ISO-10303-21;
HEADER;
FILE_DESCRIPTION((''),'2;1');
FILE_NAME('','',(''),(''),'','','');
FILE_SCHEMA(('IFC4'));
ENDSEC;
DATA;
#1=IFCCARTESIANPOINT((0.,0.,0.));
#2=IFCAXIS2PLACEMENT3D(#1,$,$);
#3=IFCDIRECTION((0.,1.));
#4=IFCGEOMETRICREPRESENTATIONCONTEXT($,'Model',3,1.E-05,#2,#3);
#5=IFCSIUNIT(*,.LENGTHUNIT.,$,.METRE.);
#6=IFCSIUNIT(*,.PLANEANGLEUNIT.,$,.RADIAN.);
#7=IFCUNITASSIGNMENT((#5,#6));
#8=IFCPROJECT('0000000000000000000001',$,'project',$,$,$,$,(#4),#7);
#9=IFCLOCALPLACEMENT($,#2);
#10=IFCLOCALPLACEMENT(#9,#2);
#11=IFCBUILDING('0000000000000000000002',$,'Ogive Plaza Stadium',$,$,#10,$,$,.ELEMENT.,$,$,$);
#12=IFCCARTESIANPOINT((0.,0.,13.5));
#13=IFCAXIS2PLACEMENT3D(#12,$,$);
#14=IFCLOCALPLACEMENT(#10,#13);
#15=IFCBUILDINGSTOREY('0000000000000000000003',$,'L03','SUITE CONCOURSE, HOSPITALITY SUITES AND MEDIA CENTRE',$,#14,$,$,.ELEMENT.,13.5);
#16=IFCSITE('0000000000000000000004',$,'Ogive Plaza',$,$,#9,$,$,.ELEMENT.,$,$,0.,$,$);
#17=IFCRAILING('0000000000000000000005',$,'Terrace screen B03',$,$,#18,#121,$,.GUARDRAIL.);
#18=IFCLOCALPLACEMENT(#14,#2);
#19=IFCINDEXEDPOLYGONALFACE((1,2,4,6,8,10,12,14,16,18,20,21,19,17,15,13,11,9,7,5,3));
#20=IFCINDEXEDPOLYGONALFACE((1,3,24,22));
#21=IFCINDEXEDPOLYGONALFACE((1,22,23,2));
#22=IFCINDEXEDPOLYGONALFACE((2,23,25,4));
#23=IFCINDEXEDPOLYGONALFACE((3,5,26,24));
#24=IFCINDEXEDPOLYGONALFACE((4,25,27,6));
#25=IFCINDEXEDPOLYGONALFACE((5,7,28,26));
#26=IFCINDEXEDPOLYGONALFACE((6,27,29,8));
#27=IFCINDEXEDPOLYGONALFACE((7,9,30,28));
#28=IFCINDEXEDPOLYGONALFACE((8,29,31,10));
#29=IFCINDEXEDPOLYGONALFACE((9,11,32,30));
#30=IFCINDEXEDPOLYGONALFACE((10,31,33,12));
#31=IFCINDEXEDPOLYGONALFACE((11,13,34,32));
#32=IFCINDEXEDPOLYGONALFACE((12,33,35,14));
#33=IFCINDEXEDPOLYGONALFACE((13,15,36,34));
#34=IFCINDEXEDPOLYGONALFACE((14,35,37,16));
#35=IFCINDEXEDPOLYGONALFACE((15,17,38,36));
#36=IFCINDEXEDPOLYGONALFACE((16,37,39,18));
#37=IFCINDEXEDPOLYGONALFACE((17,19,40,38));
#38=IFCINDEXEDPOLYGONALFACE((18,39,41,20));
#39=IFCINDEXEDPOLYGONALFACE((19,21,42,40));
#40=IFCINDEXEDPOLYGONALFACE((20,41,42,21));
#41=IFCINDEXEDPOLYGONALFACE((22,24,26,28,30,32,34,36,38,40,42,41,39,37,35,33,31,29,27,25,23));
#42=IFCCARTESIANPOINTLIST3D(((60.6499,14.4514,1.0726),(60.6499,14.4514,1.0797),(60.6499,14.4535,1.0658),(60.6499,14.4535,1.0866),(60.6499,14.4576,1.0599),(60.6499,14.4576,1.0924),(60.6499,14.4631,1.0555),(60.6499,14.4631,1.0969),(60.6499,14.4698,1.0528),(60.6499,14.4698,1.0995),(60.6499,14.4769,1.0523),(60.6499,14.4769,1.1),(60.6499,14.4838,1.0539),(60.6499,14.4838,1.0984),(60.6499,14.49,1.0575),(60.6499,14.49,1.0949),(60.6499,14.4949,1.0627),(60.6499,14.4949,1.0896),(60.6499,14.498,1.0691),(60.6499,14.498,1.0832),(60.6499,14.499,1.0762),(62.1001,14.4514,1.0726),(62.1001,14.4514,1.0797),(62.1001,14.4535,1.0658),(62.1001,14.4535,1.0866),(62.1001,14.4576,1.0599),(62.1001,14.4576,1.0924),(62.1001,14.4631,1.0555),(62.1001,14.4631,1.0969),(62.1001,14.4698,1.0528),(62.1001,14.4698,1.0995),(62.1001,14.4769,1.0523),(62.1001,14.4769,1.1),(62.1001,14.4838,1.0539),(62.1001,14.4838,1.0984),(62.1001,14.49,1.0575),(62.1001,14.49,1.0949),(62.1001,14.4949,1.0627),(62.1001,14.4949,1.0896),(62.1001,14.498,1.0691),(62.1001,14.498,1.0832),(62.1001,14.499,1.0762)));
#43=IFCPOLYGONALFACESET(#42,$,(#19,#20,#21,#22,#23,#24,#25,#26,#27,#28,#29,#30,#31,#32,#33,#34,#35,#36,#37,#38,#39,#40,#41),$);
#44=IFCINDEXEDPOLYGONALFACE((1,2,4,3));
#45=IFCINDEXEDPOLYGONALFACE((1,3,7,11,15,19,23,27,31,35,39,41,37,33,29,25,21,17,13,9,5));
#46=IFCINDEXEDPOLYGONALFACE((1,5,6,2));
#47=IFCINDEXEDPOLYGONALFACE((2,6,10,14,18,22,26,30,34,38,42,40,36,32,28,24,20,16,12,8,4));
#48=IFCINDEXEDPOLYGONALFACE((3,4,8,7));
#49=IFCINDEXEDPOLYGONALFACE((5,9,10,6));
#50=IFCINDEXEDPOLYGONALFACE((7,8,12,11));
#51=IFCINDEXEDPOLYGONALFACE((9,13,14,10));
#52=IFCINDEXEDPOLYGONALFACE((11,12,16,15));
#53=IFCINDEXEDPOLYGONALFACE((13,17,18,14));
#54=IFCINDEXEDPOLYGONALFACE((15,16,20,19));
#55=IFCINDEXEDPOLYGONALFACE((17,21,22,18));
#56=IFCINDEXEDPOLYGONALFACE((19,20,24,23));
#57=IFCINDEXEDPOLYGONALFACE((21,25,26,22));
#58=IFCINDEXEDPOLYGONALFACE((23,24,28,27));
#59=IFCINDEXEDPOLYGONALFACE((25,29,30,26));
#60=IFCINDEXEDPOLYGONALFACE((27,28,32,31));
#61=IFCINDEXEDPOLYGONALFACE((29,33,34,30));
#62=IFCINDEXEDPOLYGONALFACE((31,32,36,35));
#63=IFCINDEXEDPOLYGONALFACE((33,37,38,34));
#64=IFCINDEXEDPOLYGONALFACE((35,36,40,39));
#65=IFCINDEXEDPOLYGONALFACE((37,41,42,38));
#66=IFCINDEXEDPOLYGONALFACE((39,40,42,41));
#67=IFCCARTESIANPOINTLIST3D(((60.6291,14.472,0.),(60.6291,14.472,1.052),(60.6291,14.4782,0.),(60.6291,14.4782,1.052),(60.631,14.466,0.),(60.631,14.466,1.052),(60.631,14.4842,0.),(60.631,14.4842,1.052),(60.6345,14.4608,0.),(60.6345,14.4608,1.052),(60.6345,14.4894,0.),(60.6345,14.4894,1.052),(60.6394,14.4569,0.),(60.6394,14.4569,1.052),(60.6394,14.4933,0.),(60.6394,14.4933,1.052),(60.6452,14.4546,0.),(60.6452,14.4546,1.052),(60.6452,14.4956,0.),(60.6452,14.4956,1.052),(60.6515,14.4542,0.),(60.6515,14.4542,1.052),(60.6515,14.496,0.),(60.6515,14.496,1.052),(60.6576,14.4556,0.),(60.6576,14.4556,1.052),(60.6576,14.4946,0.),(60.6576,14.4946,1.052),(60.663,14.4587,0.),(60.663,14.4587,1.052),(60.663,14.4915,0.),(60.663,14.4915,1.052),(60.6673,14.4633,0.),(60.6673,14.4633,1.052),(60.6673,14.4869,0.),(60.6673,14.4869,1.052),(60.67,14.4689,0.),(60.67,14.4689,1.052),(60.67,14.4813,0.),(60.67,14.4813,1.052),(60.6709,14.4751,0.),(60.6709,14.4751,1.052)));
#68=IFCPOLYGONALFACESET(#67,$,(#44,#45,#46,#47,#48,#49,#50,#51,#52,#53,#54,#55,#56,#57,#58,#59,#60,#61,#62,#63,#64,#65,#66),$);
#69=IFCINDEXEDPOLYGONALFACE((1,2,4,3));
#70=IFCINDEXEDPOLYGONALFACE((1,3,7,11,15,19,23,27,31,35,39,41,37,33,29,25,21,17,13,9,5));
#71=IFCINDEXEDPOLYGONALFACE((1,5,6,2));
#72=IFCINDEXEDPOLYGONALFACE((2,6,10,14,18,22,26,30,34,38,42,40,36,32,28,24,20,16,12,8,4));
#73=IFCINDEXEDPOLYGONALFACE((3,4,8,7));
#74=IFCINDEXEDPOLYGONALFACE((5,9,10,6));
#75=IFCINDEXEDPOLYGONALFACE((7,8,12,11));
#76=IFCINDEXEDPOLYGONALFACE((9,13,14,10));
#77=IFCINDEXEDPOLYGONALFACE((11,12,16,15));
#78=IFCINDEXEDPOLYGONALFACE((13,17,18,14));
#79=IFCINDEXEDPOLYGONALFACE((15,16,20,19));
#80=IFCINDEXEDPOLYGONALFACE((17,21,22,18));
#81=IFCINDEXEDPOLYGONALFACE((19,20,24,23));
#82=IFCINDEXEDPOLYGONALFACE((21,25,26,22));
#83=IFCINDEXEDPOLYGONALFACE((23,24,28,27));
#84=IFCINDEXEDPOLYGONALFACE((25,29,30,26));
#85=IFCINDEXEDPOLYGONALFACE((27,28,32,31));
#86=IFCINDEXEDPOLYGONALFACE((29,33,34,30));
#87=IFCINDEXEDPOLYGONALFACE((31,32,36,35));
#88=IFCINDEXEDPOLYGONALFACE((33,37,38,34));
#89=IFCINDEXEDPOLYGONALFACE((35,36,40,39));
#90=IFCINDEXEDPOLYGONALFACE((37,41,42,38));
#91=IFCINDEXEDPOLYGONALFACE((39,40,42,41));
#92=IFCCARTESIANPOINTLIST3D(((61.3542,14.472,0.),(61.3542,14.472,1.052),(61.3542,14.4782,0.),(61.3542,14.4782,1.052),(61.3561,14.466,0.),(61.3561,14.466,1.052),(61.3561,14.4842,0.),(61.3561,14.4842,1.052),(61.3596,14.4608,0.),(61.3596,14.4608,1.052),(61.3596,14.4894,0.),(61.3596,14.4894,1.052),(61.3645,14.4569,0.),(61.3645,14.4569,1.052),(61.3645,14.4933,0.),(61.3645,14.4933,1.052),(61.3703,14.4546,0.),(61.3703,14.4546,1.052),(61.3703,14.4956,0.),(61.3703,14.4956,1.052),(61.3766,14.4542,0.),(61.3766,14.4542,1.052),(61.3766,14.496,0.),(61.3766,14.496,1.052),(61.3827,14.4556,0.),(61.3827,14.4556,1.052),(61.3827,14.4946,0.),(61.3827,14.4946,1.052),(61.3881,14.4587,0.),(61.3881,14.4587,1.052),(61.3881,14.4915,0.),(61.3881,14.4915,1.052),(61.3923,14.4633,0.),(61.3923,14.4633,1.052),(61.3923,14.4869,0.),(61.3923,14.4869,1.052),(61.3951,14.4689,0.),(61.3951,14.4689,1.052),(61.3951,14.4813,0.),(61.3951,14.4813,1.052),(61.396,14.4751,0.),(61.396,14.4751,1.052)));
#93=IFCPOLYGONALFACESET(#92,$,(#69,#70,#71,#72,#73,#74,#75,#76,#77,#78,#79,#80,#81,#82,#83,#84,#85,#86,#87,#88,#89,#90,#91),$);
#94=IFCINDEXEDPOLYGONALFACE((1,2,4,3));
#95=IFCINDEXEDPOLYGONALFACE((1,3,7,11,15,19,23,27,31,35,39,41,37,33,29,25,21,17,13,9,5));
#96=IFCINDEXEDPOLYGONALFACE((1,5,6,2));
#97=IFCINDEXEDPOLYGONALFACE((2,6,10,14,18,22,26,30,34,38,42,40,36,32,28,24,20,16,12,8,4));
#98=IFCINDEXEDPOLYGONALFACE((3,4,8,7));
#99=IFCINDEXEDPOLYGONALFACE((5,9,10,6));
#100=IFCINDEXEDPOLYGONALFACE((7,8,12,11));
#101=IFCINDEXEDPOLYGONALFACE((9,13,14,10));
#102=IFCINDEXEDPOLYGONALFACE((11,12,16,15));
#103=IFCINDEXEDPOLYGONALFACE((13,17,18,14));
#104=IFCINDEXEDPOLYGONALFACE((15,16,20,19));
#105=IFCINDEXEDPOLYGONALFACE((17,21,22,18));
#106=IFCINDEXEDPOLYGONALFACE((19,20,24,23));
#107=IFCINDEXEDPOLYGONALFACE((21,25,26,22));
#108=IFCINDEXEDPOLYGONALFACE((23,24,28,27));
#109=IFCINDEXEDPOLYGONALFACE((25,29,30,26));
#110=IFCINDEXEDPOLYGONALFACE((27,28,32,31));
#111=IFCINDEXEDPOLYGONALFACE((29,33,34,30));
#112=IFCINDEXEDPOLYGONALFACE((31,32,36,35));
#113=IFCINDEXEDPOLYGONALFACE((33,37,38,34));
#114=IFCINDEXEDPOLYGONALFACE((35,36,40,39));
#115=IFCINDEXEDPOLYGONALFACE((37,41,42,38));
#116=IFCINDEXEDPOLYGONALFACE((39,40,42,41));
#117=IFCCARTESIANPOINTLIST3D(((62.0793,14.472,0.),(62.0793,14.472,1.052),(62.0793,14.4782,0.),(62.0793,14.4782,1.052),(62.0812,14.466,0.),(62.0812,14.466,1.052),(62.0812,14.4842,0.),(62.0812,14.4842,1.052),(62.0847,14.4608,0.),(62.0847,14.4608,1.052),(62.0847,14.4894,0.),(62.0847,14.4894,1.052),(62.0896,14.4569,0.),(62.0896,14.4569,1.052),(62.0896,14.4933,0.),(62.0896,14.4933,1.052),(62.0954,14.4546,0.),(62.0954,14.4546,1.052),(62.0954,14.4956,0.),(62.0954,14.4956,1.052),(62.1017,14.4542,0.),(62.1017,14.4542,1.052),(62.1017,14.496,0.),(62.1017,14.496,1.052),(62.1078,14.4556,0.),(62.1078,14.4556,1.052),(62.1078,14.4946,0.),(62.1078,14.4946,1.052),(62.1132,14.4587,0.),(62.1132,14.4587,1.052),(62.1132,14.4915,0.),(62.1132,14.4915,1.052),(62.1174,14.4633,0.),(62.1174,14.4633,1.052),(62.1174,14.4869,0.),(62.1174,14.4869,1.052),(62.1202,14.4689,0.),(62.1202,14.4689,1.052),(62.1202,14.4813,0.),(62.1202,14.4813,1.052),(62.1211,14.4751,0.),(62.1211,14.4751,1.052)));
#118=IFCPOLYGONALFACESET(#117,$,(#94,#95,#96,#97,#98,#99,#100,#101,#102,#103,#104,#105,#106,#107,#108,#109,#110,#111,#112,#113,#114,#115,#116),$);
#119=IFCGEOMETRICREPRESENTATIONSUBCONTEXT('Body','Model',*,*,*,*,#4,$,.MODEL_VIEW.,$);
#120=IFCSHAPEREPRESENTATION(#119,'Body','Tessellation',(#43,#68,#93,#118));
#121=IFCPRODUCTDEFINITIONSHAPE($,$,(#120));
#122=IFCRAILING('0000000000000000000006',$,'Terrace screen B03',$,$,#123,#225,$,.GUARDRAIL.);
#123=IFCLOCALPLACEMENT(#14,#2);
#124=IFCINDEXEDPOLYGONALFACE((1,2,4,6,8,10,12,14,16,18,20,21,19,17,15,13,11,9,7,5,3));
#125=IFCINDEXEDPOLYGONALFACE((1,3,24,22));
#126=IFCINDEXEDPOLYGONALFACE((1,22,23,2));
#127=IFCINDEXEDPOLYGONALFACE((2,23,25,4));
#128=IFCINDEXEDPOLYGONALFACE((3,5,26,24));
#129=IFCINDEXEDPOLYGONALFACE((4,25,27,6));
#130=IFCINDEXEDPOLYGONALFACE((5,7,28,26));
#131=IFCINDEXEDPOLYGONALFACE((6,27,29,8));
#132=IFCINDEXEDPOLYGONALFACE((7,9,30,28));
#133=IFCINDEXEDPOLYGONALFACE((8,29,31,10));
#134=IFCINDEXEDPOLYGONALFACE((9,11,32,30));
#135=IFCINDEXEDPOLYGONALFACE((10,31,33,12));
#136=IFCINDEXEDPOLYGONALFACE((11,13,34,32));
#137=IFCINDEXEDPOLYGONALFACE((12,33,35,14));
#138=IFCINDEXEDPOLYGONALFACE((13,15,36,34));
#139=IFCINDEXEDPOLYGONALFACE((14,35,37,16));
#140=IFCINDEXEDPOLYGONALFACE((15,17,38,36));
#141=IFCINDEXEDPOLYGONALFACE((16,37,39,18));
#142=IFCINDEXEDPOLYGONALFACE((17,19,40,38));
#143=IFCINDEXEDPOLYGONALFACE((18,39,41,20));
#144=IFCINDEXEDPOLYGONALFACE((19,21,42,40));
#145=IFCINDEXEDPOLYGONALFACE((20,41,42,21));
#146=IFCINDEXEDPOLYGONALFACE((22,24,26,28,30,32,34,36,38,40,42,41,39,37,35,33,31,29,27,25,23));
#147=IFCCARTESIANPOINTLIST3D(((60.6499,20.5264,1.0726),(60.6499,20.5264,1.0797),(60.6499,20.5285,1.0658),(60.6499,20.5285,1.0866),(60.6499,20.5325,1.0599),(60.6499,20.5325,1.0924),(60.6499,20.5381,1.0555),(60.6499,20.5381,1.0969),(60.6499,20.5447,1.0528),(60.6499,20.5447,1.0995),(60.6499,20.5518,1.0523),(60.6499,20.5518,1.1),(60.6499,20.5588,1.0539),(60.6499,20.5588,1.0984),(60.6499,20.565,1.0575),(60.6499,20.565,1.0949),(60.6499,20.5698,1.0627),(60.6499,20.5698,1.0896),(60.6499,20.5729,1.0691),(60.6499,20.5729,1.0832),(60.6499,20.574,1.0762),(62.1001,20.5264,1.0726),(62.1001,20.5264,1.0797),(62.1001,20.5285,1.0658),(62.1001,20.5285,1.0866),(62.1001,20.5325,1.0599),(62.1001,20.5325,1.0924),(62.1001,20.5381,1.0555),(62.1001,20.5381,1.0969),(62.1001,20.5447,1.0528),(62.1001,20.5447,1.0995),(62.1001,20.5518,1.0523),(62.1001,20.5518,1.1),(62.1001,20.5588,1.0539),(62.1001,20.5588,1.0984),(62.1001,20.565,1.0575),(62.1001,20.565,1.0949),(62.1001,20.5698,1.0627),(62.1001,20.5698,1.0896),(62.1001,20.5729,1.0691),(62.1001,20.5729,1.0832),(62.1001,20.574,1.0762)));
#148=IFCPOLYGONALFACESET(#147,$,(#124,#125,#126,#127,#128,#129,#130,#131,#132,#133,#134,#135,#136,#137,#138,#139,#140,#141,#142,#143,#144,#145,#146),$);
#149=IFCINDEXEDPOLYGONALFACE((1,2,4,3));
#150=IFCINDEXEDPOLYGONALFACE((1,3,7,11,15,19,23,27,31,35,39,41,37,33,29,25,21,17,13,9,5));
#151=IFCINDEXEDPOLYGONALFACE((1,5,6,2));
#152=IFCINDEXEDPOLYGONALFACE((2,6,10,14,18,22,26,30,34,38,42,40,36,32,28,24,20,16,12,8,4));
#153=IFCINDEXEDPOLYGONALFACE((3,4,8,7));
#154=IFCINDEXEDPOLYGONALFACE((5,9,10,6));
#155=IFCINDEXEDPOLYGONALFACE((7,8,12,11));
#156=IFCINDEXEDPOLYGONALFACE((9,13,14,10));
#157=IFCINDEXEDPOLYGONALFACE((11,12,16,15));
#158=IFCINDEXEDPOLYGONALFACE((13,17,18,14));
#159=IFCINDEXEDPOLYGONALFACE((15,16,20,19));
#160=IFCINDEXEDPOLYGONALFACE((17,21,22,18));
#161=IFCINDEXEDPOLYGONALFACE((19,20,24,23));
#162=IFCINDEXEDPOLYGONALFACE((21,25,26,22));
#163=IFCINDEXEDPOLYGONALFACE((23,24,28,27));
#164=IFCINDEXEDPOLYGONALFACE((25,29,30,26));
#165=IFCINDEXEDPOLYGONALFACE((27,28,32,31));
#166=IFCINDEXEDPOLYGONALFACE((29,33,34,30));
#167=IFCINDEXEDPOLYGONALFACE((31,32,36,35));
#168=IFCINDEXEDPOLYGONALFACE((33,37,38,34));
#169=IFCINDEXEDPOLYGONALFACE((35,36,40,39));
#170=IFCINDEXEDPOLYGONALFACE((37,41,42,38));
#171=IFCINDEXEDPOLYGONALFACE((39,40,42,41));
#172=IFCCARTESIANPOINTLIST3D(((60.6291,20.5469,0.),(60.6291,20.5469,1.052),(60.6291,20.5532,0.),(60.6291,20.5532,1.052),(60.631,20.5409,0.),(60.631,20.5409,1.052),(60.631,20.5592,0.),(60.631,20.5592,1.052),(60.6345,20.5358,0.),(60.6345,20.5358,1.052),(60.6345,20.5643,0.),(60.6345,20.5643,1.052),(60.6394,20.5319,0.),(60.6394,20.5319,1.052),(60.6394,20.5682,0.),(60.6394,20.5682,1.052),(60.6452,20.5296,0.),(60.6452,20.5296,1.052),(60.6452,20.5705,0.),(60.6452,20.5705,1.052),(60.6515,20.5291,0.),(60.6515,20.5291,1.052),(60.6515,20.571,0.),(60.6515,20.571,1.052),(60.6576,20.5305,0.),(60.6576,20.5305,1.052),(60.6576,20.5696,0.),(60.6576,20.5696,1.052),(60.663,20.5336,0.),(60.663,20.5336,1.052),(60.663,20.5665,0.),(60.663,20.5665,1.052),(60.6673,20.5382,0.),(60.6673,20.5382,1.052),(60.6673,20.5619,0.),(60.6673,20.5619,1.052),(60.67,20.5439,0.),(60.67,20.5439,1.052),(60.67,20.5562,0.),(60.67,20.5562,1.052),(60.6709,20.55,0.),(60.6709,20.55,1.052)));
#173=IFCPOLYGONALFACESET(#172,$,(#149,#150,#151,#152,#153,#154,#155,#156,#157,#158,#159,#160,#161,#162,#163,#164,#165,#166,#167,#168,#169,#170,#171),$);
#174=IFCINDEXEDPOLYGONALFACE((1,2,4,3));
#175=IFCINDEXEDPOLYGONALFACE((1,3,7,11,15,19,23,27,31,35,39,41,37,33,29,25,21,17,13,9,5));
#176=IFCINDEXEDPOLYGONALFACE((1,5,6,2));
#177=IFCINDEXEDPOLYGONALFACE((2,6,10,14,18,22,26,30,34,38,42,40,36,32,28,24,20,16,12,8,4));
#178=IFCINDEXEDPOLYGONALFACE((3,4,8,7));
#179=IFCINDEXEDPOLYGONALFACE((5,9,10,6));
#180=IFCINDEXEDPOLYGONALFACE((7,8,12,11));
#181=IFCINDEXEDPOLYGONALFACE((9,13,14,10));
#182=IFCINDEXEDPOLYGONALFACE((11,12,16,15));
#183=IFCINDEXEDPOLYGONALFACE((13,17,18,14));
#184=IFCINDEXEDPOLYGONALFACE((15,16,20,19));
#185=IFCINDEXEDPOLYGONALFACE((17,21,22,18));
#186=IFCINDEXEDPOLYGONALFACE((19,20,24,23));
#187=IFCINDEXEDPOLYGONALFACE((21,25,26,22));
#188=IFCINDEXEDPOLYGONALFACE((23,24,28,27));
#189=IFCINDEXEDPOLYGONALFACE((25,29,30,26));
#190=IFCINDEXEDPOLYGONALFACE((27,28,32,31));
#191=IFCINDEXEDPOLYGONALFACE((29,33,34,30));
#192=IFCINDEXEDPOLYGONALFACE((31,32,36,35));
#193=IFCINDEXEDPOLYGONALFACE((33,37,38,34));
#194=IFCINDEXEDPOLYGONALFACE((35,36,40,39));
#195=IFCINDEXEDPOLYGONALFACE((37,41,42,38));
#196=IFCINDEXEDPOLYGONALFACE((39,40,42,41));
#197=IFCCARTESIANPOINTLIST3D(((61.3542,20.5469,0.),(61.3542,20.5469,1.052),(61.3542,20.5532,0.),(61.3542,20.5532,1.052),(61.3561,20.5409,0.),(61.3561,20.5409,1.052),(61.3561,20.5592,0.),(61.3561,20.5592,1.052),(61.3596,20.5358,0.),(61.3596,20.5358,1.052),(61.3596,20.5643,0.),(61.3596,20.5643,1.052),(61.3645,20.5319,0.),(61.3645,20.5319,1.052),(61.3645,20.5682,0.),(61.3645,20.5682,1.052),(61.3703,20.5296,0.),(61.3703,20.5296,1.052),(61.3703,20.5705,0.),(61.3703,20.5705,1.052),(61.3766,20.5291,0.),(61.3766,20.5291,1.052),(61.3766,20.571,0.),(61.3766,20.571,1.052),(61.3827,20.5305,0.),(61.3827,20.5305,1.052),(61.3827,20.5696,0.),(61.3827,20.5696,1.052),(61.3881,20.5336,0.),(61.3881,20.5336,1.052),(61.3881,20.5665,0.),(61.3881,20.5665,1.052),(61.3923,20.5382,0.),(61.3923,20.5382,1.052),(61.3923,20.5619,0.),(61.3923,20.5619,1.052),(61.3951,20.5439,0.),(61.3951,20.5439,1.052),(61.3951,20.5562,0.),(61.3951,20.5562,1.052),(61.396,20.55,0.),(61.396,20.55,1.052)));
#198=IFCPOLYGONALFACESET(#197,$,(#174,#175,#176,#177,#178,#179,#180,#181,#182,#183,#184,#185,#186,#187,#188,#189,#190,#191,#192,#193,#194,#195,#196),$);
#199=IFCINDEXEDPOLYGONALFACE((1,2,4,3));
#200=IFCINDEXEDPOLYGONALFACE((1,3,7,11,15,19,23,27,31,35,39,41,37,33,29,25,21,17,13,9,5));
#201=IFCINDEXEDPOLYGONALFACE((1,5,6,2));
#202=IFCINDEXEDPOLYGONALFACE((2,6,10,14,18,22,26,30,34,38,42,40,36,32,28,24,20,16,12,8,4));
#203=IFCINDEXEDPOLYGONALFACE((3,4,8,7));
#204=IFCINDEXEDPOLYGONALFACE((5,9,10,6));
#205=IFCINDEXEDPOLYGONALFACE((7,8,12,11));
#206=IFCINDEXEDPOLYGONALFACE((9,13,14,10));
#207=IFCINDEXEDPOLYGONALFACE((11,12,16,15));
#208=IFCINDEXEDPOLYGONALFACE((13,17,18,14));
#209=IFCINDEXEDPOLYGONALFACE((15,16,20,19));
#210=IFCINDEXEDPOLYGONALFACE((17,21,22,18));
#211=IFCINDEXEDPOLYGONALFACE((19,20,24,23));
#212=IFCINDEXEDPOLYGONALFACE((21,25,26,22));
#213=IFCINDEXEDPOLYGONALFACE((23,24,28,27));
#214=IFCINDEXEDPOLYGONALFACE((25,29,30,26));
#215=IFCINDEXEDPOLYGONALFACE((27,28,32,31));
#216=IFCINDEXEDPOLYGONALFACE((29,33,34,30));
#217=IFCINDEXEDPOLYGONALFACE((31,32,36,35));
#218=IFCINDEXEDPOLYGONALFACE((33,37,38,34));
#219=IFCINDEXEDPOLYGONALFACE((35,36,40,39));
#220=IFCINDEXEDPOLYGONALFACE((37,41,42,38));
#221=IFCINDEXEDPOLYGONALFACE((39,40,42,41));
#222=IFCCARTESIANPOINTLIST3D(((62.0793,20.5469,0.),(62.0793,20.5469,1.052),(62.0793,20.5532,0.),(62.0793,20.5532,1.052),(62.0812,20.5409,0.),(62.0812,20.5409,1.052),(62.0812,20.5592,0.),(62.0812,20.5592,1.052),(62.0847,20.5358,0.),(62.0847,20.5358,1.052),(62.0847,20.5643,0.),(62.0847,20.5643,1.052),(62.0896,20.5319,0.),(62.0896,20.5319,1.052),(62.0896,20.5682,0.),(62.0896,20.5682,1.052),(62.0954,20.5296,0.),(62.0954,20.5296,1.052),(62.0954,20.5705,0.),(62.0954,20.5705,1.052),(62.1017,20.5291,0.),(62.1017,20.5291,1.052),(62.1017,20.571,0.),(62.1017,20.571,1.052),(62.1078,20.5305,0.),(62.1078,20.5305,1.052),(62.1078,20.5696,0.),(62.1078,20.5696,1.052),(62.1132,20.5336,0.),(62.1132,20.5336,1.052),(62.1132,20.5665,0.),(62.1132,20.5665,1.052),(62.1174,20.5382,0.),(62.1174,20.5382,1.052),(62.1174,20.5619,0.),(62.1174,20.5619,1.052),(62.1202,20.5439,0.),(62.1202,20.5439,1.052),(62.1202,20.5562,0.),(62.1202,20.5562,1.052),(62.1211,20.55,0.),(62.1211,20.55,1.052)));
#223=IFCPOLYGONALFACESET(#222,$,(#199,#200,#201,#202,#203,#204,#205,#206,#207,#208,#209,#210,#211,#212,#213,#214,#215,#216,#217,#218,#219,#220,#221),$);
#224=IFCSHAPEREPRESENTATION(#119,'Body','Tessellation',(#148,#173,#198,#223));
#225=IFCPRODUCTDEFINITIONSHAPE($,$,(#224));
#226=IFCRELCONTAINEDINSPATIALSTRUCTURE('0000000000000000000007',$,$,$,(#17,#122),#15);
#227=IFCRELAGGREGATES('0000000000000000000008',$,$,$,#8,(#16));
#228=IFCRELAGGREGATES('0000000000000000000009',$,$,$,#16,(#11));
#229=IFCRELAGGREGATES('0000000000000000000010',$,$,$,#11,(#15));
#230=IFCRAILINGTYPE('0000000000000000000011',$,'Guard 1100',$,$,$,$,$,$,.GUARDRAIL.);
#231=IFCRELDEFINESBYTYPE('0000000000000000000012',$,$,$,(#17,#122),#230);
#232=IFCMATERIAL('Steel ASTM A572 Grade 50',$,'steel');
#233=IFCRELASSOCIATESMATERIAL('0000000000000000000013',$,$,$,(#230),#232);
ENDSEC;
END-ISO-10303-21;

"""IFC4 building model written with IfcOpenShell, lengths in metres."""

from ifc_helpers import new_model, si_unit, direction, frame, origin, origin_2d, place, context, subcontext, project, spatial, circle, extrude, material, type_object, element, save


model = new_model("IFC4")

# Units and contexts
model_context = context("Model", 3, precision=1e-05, world=origin(), true_north=direction((0.0, 1.0)))
body_context = subcontext(model_context, "Body", "Model", "MODEL_VIEW")
ifc_project = project(units=[si_unit("LENGTHUNIT", "METRE"), si_unit("PLANEANGLEUNIT", "RADIAN")], contexts=[model_context])

# Site, building, storey
site_placement = place(None, origin())
site = spatial("IfcSite", under=ifc_project, at=site_placement, Name="Ogive Plaza", CompositionType="ELEMENT", RefElevation=0.0)
building_placement = place(site_placement, origin())
building = spatial("IfcBuilding", under=site, at=building_placement, Name="Ogive Plaza Stadium", CompositionType="ELEMENT")
storey_placement = place(building_placement, frame((0.0, 0.0, 13.5)))
storey = spatial("IfcBuildingStorey", under=building, at=storey_placement, Name="L03", Description="SUITE CONCOURSE, HOSPITALITY SUITES AND MEDIA CENTRE", CompositionType="ELEMENT", Elevation=13.5)

# Railings
ifc_material_1 = material(Name="Steel ASTM A572 Grade 50", Category="steel")
railing_type = type_object("IfcRailingType", Name="Guard 1100", PredefinedType="GUARDRAIL", material=ifc_material_1)
for number, where, name in (
    (1, (60.6499, 14.4751, 0.0), "Terrace screen B03"),
    (2, (60.6499, 20.55, 0.0), "Terrace screen B03"),
):
    element("IfcRailing", number, at=place(storey_placement, frame(where)), inside=storey, type_object=railing_type, Name=name, PredefinedType="GUARDRAIL", context=body_context, shape_type="SweptSolid", body=[
        extrude(circle(Radius=0.0239, at=origin_2d()), frame((0.0, 0.0, 1.0762), z_axis=(1.0, 0.0, 0.0), x_axis=(0.0, 1.0, 0.0)), (0.0, 0.0, 1.0), 1.4502),
        extrude(circle(Radius=0.021, at=origin_2d()), origin(), (0.0, 0.0, 1.0), 1.052),
        extrude(circle(Radius=0.021, at=origin_2d()), frame((0.7251, 0.0, 0.0)), (0.0, 0.0, 1.0), 1.052),
        extrude(circle(Radius=0.021, at=origin_2d()), frame((1.4502, 0.0, 0.0)), (0.0, 0.0, 1.0), 1.052),
    ])

save(model, "model.ifc")
